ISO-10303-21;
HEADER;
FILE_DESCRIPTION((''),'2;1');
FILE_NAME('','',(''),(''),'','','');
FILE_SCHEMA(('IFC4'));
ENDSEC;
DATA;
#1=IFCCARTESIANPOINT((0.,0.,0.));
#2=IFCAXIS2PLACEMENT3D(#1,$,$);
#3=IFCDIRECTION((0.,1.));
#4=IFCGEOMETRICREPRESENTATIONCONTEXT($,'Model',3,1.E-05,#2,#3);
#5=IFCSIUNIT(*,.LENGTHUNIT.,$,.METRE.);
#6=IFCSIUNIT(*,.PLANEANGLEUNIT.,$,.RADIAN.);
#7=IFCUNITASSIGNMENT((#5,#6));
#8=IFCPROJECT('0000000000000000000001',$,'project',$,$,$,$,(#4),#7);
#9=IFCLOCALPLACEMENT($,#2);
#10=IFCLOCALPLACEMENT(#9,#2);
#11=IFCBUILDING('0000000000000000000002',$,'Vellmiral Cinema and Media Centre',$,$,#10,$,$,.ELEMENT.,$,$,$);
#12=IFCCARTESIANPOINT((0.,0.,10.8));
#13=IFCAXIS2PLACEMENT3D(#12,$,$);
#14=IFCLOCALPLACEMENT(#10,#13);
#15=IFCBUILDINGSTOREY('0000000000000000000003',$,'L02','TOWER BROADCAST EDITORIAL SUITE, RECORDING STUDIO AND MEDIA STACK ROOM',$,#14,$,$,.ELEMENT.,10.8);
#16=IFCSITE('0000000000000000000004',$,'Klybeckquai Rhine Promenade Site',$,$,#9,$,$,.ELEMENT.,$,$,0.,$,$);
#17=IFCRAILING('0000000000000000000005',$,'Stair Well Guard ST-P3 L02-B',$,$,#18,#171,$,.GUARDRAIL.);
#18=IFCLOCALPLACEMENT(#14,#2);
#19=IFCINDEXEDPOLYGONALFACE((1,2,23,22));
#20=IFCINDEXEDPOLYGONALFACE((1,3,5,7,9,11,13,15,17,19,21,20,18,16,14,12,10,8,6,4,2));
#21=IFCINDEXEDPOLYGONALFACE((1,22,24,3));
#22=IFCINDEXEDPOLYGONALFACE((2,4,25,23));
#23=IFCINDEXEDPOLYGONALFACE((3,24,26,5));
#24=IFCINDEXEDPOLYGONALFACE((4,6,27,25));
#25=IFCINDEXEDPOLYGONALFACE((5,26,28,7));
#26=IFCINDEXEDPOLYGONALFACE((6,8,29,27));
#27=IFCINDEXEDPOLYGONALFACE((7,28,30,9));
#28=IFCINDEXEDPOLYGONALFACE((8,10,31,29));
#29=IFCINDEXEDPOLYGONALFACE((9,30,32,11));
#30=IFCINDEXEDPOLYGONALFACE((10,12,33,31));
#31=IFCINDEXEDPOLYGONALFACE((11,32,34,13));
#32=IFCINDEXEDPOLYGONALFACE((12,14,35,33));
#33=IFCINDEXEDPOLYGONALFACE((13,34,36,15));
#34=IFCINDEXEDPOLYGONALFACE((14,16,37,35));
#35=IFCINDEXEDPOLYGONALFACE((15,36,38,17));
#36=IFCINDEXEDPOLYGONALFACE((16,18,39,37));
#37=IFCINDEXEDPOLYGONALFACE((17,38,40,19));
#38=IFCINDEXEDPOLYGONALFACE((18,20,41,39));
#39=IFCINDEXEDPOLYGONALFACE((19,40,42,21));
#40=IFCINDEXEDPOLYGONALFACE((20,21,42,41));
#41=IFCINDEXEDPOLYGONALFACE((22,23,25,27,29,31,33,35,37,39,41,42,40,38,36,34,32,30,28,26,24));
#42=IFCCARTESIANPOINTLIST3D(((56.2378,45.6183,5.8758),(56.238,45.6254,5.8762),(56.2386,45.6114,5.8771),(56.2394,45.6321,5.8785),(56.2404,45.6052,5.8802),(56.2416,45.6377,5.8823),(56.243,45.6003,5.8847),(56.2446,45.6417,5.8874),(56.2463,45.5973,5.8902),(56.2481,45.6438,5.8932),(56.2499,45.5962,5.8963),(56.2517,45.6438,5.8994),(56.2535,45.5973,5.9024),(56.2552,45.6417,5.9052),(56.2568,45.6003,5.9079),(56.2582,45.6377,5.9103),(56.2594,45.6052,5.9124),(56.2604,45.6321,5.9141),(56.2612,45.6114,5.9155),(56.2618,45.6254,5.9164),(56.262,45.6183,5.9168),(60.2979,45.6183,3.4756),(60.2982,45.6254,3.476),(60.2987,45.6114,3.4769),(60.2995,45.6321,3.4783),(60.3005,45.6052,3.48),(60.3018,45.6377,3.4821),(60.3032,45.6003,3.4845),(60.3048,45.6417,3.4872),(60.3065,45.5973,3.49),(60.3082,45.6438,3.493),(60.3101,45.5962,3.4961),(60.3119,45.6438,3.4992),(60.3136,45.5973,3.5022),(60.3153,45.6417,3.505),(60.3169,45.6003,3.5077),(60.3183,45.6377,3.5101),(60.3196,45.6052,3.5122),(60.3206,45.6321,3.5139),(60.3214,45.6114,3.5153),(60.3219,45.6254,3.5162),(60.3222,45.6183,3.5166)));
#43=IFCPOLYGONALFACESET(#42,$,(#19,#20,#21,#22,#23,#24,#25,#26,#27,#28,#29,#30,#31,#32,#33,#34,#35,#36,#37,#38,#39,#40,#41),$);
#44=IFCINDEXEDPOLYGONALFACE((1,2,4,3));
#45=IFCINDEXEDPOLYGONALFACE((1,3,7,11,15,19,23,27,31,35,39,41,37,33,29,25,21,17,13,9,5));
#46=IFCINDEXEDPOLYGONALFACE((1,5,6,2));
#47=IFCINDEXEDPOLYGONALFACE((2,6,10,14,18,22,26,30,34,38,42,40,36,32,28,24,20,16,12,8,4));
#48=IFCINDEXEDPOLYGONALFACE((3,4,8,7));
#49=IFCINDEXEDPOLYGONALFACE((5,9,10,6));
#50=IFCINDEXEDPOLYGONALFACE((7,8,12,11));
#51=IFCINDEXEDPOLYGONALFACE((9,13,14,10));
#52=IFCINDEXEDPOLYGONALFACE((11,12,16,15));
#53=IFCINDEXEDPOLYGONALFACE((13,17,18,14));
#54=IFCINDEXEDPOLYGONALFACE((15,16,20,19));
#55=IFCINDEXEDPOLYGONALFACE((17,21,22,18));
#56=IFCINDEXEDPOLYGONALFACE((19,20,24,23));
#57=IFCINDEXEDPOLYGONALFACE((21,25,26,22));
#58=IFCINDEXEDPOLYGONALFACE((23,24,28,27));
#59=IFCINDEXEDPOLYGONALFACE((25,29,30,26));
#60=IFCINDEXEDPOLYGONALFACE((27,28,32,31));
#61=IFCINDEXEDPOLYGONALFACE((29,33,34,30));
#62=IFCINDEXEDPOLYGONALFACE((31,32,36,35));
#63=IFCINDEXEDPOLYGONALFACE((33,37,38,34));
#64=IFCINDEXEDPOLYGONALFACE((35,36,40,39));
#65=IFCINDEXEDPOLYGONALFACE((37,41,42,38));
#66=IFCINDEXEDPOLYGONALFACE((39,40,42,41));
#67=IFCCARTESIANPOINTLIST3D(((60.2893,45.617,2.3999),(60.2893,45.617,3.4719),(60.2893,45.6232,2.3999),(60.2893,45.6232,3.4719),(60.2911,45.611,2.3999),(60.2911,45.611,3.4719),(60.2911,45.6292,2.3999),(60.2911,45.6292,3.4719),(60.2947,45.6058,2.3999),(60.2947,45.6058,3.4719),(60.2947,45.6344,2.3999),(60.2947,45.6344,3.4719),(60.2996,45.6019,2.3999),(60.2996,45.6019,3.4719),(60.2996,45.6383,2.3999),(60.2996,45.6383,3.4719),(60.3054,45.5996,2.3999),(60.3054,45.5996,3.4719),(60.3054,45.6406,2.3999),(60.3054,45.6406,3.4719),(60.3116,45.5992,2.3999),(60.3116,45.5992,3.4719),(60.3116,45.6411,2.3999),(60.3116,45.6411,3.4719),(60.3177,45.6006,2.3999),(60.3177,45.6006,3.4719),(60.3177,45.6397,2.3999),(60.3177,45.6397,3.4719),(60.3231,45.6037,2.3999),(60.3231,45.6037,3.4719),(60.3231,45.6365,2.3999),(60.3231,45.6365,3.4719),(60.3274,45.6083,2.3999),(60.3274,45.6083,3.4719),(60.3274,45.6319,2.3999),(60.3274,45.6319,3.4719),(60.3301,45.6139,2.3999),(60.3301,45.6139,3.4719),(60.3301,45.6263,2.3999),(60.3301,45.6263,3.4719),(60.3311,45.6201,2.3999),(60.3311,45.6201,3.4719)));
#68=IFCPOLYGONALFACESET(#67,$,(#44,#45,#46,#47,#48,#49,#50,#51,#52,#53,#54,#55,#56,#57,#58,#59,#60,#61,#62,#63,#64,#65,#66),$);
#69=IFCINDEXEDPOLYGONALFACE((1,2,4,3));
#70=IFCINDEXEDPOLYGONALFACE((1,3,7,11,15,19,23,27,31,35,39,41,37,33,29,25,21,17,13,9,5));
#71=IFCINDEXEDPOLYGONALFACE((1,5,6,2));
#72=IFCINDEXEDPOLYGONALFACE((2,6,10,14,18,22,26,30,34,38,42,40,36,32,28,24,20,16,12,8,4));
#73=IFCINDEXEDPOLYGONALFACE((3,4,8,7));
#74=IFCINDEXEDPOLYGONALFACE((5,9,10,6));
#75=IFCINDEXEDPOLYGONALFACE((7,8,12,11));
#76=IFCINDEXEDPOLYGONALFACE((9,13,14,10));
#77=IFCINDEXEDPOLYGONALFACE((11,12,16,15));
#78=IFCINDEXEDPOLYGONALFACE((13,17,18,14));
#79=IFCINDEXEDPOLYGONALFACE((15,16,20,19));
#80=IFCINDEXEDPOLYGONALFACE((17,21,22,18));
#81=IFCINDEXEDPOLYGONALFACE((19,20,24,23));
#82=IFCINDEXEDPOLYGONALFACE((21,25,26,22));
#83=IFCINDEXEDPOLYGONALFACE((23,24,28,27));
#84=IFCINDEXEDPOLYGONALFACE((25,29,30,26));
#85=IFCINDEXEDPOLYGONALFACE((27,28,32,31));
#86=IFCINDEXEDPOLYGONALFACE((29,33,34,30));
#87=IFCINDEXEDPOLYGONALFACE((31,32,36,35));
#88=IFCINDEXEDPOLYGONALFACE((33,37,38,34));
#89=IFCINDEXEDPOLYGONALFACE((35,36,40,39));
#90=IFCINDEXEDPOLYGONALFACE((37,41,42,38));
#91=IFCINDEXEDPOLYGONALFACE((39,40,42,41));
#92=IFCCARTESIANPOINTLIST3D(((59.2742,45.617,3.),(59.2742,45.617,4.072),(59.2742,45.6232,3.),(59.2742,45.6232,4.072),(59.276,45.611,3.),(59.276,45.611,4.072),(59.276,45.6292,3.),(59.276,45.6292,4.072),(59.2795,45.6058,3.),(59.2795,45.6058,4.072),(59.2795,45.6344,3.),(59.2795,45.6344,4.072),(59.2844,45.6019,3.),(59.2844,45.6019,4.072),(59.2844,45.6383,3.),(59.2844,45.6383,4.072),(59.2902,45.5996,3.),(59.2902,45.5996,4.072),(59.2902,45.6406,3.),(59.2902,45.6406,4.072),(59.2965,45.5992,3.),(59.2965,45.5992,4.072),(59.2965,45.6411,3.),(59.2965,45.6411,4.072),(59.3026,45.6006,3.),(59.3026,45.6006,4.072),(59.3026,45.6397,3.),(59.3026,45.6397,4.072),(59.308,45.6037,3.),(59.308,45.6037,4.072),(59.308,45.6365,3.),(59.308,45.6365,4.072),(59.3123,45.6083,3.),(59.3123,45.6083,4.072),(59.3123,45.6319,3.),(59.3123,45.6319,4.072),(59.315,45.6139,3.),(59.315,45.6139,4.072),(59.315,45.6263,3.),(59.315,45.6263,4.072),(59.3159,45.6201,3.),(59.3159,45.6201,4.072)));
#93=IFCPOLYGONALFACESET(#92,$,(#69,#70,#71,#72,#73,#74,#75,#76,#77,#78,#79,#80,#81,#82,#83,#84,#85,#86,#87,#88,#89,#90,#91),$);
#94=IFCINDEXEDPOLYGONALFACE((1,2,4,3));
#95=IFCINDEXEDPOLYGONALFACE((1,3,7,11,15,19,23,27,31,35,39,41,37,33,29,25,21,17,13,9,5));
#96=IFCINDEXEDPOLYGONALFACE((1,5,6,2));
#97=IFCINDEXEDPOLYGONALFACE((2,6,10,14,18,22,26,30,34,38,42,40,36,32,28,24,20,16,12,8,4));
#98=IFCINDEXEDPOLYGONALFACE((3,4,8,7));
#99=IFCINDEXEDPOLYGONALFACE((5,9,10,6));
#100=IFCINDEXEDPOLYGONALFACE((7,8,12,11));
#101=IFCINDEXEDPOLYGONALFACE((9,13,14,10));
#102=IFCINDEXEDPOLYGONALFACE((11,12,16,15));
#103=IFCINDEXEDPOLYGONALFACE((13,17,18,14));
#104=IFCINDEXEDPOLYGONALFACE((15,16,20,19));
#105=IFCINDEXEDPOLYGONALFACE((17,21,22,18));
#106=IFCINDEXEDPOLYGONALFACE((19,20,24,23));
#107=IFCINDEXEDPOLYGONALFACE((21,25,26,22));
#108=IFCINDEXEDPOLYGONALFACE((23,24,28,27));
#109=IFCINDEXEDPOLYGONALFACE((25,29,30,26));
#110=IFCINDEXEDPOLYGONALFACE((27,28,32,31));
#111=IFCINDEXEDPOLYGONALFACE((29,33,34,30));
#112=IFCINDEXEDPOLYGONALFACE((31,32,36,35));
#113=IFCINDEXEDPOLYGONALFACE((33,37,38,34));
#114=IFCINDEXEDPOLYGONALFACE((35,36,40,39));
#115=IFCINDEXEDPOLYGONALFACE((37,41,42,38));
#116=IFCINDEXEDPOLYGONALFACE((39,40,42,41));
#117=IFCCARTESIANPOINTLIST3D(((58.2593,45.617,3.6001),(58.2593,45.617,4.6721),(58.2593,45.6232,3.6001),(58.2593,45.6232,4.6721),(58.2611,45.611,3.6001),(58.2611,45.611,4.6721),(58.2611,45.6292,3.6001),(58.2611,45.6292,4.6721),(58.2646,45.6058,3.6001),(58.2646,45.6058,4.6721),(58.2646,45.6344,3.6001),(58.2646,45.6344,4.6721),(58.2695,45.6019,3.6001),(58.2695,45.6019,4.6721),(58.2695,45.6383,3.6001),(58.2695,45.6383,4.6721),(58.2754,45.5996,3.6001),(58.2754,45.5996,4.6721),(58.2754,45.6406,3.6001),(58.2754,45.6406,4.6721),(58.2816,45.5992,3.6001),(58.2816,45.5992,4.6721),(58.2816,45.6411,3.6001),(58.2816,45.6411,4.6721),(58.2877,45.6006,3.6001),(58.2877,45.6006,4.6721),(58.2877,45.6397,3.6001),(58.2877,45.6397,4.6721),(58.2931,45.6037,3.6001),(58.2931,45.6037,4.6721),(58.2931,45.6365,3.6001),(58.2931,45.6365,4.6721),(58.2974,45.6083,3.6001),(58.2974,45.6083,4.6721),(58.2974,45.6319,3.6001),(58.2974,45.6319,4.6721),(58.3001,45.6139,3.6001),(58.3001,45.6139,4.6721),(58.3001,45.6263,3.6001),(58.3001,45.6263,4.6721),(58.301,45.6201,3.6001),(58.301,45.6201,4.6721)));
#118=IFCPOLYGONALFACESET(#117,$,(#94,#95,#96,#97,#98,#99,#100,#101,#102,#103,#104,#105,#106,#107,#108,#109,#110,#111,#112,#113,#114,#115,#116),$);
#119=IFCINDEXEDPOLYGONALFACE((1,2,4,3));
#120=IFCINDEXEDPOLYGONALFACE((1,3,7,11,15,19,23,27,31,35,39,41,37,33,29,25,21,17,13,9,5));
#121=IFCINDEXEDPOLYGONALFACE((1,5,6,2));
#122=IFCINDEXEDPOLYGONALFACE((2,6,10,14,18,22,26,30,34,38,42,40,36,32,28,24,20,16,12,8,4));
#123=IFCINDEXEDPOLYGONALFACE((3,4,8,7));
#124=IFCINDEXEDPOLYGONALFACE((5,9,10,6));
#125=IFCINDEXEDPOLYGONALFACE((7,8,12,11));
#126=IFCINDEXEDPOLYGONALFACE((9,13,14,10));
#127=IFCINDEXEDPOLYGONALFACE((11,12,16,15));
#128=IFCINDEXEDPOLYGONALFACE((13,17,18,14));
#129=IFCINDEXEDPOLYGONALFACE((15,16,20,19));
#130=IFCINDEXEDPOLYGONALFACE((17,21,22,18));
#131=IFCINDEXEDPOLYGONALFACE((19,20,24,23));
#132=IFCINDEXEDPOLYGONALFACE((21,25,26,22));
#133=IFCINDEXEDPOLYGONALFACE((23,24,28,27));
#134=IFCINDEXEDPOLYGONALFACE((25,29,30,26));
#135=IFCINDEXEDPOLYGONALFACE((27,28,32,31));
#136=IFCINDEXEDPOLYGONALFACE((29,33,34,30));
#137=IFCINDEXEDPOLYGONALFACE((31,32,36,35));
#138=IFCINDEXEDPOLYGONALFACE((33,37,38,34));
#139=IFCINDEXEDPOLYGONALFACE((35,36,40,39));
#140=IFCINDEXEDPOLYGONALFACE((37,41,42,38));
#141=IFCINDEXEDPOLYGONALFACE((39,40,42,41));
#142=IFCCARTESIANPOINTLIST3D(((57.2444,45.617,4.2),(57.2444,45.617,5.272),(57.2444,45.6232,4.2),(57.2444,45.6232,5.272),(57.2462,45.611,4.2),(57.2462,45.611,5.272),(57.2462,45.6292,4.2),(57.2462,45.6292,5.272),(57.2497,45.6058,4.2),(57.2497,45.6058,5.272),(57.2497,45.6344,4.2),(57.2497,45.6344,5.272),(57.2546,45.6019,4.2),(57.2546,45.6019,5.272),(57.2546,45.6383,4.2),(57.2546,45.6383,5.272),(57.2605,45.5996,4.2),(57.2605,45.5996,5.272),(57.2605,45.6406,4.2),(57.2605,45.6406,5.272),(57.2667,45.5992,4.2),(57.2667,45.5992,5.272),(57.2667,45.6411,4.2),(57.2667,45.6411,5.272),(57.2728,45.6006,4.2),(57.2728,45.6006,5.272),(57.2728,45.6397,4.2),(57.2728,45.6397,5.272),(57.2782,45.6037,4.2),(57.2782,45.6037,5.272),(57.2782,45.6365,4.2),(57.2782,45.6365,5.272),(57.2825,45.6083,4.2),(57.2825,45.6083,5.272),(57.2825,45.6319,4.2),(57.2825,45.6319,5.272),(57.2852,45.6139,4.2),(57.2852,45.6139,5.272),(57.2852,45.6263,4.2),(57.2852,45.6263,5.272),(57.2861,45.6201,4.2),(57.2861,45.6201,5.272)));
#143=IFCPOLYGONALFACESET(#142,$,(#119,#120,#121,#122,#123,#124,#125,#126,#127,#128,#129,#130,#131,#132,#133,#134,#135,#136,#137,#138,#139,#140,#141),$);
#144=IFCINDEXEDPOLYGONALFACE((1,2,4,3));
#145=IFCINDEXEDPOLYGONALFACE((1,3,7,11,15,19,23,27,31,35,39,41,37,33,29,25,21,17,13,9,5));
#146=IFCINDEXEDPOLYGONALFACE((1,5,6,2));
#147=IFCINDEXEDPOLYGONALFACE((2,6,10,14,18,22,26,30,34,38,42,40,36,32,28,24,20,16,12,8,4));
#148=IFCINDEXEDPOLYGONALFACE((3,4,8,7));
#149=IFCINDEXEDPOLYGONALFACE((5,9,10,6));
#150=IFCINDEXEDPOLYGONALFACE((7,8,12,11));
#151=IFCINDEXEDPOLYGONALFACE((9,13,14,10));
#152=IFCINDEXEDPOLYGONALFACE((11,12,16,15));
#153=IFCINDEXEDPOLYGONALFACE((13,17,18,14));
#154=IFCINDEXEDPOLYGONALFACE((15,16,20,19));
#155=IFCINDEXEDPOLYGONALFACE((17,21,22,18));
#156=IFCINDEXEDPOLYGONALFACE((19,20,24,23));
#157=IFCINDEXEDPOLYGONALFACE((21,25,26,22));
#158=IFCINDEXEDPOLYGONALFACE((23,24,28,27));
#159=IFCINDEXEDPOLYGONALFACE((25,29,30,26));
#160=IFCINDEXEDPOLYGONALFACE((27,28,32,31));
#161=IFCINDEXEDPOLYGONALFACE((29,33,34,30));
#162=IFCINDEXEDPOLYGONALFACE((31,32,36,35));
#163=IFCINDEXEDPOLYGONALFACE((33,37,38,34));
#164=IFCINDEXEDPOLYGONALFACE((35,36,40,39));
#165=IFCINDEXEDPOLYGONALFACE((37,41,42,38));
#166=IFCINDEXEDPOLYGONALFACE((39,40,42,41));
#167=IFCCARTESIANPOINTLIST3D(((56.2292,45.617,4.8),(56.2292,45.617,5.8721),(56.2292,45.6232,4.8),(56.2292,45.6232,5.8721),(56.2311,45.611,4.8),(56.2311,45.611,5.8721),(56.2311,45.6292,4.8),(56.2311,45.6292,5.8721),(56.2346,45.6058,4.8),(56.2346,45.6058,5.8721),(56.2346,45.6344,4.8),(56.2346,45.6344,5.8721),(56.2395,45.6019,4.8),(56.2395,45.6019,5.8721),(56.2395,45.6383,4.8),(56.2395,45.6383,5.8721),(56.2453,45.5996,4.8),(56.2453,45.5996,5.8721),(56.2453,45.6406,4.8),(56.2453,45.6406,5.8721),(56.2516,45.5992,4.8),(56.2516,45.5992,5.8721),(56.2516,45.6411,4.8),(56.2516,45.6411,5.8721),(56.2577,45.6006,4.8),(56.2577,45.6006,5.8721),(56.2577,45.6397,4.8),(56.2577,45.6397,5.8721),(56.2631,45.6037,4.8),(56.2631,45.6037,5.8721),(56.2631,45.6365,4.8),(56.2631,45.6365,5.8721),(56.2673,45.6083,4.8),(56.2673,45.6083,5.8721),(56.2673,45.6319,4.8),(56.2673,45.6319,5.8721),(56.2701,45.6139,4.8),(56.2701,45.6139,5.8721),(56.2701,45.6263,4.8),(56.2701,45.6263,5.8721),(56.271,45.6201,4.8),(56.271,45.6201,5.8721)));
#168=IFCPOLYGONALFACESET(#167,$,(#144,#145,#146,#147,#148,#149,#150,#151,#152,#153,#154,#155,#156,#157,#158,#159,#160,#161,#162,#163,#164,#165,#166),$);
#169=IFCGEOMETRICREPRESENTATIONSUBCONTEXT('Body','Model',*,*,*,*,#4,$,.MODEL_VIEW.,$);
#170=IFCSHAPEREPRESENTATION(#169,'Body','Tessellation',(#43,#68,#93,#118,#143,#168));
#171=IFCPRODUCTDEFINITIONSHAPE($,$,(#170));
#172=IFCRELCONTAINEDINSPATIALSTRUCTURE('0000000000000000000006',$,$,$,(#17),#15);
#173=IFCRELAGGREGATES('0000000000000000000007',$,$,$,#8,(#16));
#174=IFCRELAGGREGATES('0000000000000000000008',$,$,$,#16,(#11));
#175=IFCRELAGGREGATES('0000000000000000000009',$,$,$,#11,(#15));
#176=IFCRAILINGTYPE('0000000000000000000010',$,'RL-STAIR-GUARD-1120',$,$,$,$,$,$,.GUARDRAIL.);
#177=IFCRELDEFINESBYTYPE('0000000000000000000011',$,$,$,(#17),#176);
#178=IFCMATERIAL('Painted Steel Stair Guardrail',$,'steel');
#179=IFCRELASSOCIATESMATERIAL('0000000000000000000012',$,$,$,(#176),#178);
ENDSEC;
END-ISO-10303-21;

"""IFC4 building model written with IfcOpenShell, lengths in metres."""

from ifc_helpers import new_model, si_unit, direction, frame, origin, origin_2d, place, context, subcontext, project, spatial, circle, extrude, material, type_object, element, save


model = new_model("IFC4")

# Units and contexts
model_context = context("Model", 3, precision=1e-05, world=origin(), true_north=direction((0.0, 1.0)))
body_context = subcontext(model_context, "Body", "Model", "MODEL_VIEW")
ifc_project = project(units=[si_unit("LENGTHUNIT", "METRE"), si_unit("PLANEANGLEUNIT", "RADIAN")], contexts=[model_context])

# Site, building, storey
site_placement = place(None, origin())
site = spatial("IfcSite", under=ifc_project, at=site_placement, Name="Klybeckquai Rhine Promenade Site", CompositionType="ELEMENT", RefElevation=0.0)
building_placement = place(site_placement, origin())
building = spatial("IfcBuilding", under=site, at=building_placement, Name="Vellmiral Cinema and Media Centre", CompositionType="ELEMENT")
storey_placement = place(building_placement, frame((0.0, 0.0, 10.8)))
storey = spatial("IfcBuildingStorey", under=building, at=storey_placement, Name="L02", Description="TOWER BROADCAST EDITORIAL SUITE, RECORDING STUDIO AND MEDIA STACK ROOM", CompositionType="ELEMENT", Elevation=10.8)

# Railing
ifc_material_1 = material(Name="Painted Steel Stair Guardrail", Category="steel")
railing_type_1 = type_object("IfcRailingType", Name="RL-STAIR-GUARD-1120", PredefinedType="GUARDRAIL", material=ifc_material_1)
railing_1_placement = place(storey_placement, frame((60.3101, 45.6201, 2.3999)))
element("IfcRailing", 1, at=railing_1_placement, inside=storey, type_object=railing_type_1, Name="Stair Well Guard ST-P3 L02-B", PredefinedType="GUARDRAIL", context=body_context, shape_type="SweptSolid", body=[
    extrude(circle(Radius=0.0239, at=origin_2d()), frame((0.0, 0.0, 1.0962), z_axis=(-0.860832, 0.0, 0.50889), x_axis=(0.0, -1.0, 0.0)), (0.0, 0.0, 1.0), 4.7166),
    extrude(circle(Radius=0.021, at=origin_2d()), origin(), (0.0, 0.0, 1.0), 1.072),
    extrude(circle(Radius=0.021, at=origin_2d()), frame((-1.0151, 0.0, 0.6001)), (0.0, 0.0, 1.0), 1.072),
    extrude(circle(Radius=0.021, at=origin_2d()), frame((-2.03, 0.0, 1.2002)), (0.0, 0.0, 1.0), 1.072),
    extrude(circle(Radius=0.021, at=origin_2d()), frame((-3.0449, 0.0, 1.8)), (0.0, 0.0, 1.0), 1.072),
    extrude(circle(Radius=0.021, at=origin_2d()), frame((-4.0601, 0.0, 2.4001)), (0.0, 0.0, 1.0), 1.072),
])

save(model, "model.ifc")
